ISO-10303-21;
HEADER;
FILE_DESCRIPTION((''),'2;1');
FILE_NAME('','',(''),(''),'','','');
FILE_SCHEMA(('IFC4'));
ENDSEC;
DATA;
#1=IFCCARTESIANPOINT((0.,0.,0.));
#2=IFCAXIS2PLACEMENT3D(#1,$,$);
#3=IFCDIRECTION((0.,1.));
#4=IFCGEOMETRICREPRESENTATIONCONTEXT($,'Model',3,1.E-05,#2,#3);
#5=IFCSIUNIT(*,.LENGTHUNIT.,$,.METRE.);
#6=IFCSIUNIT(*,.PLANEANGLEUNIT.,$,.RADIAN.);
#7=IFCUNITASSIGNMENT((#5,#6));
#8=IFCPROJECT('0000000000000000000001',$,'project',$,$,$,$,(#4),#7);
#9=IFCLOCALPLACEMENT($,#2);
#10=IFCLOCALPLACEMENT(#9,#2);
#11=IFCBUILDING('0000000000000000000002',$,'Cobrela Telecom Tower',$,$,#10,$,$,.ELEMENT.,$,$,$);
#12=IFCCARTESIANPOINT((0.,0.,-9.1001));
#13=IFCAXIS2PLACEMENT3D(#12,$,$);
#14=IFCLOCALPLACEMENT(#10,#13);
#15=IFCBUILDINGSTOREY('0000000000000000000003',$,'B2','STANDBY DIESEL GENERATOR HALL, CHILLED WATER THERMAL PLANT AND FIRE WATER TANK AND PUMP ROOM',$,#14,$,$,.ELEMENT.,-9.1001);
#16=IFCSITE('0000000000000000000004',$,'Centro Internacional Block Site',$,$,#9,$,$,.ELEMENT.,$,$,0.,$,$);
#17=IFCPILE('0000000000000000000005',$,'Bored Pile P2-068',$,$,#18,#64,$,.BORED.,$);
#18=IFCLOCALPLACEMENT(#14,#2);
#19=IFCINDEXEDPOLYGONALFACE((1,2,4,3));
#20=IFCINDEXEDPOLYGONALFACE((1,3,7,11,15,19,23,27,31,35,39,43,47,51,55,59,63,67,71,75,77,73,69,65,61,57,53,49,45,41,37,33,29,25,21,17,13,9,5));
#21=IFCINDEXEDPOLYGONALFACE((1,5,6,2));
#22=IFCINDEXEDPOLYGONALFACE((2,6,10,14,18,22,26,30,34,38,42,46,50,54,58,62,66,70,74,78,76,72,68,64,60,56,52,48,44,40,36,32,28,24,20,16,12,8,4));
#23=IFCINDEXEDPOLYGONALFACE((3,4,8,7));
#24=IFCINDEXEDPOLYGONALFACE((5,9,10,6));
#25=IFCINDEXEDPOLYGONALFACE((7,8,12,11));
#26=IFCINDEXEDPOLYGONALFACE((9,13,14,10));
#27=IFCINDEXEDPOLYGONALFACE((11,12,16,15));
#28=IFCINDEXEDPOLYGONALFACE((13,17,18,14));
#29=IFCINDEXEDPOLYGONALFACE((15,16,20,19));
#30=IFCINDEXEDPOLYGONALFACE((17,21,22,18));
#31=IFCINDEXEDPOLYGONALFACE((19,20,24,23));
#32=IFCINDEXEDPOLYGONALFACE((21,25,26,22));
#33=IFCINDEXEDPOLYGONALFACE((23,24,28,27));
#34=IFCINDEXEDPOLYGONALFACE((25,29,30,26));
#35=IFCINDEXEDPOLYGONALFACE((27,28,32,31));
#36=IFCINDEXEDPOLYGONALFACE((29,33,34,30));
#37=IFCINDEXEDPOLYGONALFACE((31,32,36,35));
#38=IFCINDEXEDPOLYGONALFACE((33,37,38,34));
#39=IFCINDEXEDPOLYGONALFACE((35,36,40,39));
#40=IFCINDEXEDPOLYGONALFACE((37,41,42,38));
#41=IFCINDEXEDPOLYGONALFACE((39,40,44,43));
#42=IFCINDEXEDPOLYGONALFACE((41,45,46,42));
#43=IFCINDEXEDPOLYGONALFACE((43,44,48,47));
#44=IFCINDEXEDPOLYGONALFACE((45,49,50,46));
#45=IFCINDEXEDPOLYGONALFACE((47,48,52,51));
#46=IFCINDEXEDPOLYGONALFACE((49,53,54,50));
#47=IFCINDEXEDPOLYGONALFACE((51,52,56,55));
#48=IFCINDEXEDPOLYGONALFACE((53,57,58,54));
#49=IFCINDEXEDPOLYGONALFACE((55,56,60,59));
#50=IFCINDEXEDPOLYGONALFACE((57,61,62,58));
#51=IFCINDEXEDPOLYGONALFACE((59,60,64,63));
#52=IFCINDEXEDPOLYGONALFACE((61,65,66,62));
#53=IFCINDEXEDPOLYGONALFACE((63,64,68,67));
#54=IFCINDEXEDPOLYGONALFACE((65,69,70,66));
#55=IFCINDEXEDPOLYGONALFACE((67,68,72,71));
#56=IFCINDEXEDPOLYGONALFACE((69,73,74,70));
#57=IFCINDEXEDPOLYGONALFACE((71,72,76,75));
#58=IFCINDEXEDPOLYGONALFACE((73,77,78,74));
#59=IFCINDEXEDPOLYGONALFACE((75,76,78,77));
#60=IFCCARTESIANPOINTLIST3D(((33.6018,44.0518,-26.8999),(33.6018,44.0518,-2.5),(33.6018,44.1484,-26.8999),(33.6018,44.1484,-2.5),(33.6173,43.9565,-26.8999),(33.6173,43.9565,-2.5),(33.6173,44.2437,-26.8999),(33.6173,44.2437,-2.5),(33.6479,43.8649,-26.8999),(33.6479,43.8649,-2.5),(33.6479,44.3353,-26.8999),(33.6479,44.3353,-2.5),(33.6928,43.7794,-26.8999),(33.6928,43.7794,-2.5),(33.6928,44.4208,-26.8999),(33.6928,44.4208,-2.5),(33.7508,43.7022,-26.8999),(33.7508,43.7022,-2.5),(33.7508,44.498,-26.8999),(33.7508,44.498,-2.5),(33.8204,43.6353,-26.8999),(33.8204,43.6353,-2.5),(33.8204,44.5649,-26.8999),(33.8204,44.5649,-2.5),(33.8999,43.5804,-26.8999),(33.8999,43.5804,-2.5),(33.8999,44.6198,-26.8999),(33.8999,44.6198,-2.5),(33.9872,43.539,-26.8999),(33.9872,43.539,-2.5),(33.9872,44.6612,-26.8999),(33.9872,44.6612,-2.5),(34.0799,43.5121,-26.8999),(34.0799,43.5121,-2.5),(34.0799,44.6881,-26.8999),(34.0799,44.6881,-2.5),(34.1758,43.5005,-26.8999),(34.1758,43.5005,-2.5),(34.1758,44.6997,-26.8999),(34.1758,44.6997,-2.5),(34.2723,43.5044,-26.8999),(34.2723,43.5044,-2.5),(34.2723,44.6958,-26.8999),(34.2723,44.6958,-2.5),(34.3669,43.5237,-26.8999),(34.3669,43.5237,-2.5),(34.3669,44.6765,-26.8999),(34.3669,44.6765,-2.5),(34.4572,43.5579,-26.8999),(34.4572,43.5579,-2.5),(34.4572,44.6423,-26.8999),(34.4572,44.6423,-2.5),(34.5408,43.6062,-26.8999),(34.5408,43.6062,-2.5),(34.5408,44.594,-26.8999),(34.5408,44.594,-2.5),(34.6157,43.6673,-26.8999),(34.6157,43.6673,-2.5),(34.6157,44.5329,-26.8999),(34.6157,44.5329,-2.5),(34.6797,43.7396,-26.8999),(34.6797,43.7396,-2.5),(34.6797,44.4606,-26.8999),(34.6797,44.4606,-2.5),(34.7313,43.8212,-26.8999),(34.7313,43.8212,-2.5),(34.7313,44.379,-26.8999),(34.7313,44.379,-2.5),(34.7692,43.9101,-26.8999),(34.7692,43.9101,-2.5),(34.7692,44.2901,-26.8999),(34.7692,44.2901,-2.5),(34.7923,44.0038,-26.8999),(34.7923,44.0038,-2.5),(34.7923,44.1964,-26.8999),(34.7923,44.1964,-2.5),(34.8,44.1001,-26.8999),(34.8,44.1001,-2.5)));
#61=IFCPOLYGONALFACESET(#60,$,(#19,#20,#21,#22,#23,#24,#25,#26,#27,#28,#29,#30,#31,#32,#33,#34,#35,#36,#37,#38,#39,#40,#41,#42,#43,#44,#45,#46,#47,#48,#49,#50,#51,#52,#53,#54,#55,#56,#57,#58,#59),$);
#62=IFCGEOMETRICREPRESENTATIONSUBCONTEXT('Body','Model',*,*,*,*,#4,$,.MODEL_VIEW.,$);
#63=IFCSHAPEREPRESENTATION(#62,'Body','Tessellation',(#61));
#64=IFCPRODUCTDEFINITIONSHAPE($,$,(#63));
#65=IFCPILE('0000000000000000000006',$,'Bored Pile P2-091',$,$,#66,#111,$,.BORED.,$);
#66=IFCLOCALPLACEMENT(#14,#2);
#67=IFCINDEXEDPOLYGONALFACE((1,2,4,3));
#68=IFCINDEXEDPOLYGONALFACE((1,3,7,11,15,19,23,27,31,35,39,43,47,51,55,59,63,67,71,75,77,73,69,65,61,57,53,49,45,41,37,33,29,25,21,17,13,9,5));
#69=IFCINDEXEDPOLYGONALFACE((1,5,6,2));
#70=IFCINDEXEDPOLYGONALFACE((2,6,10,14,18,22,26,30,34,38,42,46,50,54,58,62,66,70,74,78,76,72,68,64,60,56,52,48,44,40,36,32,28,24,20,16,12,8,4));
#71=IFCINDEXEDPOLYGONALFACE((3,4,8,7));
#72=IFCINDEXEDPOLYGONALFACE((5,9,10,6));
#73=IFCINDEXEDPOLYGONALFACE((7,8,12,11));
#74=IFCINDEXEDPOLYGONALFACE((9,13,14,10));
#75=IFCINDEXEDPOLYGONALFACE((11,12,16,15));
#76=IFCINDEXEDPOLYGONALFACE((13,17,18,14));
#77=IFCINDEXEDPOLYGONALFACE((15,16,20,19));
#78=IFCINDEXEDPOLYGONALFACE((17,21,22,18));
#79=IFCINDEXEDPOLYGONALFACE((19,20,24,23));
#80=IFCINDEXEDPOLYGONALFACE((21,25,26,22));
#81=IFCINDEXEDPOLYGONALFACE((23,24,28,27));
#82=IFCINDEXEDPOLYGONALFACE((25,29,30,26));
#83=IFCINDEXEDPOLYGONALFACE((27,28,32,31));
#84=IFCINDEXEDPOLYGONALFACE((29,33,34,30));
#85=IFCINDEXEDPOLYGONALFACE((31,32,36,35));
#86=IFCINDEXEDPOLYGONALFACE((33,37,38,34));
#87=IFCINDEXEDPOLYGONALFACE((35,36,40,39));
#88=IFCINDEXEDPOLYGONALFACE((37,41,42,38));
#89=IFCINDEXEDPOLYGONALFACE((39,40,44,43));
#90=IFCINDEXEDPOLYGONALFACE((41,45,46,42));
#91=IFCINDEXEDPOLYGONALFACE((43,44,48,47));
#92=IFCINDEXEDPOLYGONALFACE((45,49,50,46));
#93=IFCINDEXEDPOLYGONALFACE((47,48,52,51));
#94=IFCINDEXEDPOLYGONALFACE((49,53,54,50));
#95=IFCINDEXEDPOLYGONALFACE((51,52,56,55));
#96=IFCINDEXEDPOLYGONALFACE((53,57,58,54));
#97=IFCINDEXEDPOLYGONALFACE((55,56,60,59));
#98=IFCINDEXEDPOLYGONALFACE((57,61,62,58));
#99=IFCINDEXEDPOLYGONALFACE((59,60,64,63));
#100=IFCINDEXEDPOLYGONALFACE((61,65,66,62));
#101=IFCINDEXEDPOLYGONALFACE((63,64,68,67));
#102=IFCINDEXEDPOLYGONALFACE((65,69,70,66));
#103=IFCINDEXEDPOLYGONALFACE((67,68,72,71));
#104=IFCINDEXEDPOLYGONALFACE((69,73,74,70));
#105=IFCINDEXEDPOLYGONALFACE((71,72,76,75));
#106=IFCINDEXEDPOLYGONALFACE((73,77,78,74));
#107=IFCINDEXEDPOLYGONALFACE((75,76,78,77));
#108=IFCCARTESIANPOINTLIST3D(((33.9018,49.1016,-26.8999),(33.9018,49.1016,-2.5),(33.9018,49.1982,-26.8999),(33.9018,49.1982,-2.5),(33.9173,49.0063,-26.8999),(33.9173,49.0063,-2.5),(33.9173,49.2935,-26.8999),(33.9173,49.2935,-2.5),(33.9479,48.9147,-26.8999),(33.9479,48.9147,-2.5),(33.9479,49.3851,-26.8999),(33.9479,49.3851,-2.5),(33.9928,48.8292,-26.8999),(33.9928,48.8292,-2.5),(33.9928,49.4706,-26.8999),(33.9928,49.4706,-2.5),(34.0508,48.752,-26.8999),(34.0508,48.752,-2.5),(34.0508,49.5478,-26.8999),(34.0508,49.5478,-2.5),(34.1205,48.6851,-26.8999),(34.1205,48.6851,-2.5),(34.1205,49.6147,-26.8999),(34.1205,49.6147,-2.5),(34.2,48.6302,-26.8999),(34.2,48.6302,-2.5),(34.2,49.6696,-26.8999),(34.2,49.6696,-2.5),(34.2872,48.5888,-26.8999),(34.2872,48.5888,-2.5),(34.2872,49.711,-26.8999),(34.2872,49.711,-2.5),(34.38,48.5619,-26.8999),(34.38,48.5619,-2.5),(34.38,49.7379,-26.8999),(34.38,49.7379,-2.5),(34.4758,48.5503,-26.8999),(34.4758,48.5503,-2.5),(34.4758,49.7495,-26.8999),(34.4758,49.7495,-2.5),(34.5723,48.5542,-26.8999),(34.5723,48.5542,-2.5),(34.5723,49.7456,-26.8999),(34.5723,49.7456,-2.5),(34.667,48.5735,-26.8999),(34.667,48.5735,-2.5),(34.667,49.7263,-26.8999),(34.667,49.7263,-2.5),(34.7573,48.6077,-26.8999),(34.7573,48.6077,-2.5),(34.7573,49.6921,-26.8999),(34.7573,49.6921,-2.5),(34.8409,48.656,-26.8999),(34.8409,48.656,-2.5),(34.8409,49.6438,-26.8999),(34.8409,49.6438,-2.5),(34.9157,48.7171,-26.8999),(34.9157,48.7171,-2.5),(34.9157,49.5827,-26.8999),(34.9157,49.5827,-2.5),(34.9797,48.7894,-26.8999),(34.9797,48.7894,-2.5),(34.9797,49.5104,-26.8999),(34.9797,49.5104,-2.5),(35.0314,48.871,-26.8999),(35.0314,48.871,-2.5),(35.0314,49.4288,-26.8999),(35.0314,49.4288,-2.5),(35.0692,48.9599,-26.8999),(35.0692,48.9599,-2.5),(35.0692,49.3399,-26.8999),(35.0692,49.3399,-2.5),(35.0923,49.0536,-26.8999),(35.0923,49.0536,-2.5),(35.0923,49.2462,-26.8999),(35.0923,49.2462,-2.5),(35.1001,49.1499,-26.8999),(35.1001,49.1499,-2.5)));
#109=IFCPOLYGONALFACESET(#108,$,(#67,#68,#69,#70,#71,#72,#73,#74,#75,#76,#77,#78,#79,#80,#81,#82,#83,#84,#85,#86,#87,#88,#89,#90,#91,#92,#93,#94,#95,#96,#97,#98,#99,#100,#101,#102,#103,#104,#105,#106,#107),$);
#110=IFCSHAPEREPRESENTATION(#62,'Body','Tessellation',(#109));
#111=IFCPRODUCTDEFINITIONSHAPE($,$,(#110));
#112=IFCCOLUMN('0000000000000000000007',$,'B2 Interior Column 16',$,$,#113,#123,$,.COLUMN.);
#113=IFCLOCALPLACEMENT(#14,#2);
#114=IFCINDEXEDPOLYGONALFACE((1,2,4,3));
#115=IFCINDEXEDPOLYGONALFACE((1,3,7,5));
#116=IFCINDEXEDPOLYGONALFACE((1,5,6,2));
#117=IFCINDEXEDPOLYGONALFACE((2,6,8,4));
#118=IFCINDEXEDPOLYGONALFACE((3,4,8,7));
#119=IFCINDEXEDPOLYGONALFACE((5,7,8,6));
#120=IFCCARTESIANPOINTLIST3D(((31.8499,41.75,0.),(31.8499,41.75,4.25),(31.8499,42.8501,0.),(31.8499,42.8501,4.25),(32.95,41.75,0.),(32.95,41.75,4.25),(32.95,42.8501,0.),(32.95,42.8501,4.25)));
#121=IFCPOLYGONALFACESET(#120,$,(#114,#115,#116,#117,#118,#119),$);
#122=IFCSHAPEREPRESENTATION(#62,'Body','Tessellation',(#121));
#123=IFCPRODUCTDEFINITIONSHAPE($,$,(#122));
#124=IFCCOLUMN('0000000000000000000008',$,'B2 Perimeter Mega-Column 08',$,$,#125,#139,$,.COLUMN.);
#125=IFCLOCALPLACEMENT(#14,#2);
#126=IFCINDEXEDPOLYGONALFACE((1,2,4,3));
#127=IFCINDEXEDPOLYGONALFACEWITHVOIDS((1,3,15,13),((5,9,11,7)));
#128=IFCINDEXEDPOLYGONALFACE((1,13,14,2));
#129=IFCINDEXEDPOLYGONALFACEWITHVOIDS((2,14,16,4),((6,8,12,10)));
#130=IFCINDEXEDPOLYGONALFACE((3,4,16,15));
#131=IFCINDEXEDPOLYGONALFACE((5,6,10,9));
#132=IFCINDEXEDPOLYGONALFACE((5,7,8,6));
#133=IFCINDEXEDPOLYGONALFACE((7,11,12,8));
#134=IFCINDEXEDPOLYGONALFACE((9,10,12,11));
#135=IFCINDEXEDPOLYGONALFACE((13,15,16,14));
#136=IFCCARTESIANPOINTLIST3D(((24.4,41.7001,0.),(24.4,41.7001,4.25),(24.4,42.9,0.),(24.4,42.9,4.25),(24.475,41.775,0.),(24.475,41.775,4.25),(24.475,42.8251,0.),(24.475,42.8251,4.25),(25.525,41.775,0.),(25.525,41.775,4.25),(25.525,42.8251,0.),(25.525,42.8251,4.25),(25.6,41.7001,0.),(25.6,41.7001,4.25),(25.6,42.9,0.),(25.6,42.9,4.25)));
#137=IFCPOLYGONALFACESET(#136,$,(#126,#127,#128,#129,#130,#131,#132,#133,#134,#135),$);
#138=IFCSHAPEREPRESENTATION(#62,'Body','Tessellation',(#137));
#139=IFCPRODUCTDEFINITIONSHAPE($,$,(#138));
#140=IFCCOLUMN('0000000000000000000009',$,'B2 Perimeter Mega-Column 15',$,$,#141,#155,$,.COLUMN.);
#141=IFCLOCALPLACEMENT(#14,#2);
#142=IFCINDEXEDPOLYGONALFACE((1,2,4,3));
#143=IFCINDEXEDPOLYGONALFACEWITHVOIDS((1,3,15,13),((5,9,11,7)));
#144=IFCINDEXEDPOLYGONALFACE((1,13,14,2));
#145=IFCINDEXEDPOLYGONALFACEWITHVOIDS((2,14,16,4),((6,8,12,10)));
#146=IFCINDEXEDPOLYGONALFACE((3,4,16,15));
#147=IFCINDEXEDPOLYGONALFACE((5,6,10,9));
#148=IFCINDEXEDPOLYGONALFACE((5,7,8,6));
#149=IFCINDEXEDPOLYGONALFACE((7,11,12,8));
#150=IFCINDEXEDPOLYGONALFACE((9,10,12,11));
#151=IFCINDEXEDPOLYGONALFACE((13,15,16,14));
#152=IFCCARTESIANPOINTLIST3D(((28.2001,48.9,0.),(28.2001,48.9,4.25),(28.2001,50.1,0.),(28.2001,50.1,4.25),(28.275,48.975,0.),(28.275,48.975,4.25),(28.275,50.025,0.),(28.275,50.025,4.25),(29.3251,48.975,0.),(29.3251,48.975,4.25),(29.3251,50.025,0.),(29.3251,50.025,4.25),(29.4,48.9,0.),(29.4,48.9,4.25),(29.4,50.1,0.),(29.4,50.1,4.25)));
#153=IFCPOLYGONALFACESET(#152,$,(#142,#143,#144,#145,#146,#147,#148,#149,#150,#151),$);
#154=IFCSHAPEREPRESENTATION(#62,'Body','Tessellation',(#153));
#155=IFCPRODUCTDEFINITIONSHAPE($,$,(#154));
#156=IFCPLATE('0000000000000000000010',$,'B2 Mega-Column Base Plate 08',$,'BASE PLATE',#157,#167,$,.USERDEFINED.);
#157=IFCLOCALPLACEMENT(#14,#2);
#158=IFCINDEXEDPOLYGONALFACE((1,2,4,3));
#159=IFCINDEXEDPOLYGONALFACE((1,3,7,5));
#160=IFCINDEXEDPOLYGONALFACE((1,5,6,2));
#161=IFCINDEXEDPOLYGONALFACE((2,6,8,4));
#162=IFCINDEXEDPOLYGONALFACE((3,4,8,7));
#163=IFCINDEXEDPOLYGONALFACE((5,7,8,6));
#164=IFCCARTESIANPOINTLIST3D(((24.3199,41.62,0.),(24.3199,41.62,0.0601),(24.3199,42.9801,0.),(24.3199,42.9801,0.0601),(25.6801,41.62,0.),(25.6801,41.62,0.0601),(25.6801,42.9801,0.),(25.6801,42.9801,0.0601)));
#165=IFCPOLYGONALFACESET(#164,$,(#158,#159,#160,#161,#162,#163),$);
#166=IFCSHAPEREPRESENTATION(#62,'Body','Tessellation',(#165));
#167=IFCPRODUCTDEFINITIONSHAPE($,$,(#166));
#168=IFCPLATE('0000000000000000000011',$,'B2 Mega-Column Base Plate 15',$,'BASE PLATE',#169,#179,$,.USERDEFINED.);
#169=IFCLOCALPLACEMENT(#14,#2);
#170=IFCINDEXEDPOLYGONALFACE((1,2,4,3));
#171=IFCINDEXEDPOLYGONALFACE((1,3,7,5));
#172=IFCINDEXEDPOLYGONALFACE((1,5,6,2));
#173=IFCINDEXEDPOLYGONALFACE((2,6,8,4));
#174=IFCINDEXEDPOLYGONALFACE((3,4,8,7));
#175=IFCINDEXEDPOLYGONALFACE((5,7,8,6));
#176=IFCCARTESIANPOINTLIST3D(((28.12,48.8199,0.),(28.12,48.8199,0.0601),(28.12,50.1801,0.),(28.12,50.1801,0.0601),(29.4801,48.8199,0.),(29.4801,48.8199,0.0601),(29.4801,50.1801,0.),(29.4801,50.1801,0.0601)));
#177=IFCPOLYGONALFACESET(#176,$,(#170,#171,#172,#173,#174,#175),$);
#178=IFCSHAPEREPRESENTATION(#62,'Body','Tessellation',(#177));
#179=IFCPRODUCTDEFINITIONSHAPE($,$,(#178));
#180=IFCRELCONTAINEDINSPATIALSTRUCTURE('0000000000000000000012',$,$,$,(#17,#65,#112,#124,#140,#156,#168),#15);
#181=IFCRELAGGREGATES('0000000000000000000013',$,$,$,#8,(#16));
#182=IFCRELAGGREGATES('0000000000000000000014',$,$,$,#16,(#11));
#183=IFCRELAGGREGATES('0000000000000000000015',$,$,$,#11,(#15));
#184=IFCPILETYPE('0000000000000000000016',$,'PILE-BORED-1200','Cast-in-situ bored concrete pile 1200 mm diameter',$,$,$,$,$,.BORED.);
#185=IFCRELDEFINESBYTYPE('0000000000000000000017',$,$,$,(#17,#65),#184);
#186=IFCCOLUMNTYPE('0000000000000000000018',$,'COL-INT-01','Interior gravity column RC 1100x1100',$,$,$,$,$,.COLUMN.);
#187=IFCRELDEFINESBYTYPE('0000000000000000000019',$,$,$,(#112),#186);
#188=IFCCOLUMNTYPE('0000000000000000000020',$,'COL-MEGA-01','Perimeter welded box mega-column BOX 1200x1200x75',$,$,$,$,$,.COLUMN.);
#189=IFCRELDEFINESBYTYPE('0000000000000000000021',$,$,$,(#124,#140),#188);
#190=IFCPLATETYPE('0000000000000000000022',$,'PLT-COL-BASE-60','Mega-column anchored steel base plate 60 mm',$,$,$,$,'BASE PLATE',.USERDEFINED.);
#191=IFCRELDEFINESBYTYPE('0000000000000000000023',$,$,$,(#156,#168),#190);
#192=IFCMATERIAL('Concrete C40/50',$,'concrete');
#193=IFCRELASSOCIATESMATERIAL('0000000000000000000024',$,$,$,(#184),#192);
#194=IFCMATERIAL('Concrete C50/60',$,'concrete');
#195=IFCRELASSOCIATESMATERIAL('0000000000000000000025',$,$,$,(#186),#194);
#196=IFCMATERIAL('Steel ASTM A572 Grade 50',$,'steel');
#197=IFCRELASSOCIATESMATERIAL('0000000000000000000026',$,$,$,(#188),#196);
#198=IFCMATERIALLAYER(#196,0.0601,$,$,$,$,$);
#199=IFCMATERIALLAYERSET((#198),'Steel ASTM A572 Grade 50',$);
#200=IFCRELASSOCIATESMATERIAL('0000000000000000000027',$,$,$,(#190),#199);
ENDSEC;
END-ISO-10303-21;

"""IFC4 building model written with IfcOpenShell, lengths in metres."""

from ifc_helpers import new_model, si_unit, direction, frame, origin, origin_2d, place, context, subcontext, project, spatial, rectangle, hollow_rectangle, circle, extrude, material, layer, layer_set, material_profile, profile_set, type_object, element, save


model = new_model("IFC4")

# Units and contexts
model_context = context("Model", 3, precision=1e-05, world=origin(), true_north=direction((0.0, 1.0)))
body_context = subcontext(model_context, "Body", "Model", "MODEL_VIEW")
ifc_project = project(units=[si_unit("LENGTHUNIT", "METRE"), si_unit("PLANEANGLEUNIT", "RADIAN")], contexts=[model_context])

# Site, building, storey
site_placement = place(None, origin())
site = spatial("IfcSite", under=ifc_project, at=site_placement, Name="Centro Internacional Block Site", CompositionType="ELEMENT", RefElevation=0.0)
building_placement = place(site_placement, origin())
building = spatial("IfcBuilding", under=site, at=building_placement, Name="Cobrela Telecom Tower", CompositionType="ELEMENT")
storey_placement = place(building_placement, frame((0.0, 0.0, -9.1001)))
storey = spatial("IfcBuildingStorey", under=building, at=storey_placement, Name="B2", Description="STANDBY DIESEL GENERATOR HALL, CHILLED WATER THERMAL PLANT AND FIRE WATER TANK AND PUMP ROOM", CompositionType="ELEMENT", Elevation=-9.1001)

# Shared definitions
ifc_material_1 = material(Name="Concrete C40/50", Category="concrete")

# Piles
ifc_material_profile_1 = material_profile(ifc_material_1, circle(Radius=0.6001, at=origin_2d()), Name="BORED PILE D1200")
ifc_profile_set_1 = profile_set([ifc_material_profile_1], Name="Concrete C40/50")
pile_type = type_object("IfcPileType", Name="PILE-BORED-1200", Description="Cast-in-situ bored concrete pile 1200 mm diameter", PredefinedType="BORED", material=ifc_profile_set_1)
for number, where, z_axis, x_axis, name in (
    (1, (34.2, 44.1001, -2.5), (0.0, 0.0, -1.0), (1.0, 0.0, 0.0), "Bored Pile P2-068"),
    (2, (34.5, 49.1499, -2.5), (0.0, 0.0, -1.0), (1.0, 0.0, 0.0), "Bored Pile P2-091"),
):
    element("IfcPile", number, at=place(storey_placement, frame(where, z_axis=z_axis, x_axis=x_axis)), inside=storey, type_object=pile_type, Name=name, PredefinedType="BORED", context=body_context, shape_type="SweptSolid", body=[
        extrude(circle(Radius=0.6001, at=origin_2d()), origin(), (0.0, 0.0, 1.0), 24.3999),
    ])

# Columns
ifc_material_2 = material(Name="Concrete C50/60", Category="concrete")
ifc_material_profile_2 = material_profile(ifc_material_2, rectangle(XDim=1.1001, YDim=1.1001, at=origin_2d()), Name="RC 1100x1100")
ifc_profile_set_2 = profile_set([ifc_material_profile_2], Name="Concrete C50/60")
column_type_1 = type_object("IfcColumnType", Name="COL-INT-01", Description="Interior gravity column RC 1100x1100", PredefinedType="COLUMN", material=ifc_profile_set_2)
column_placement = place(storey_placement, frame((32.3999, 42.3, 0.0), z_axis=(0.0, 0.0, 1.0), x_axis=(1.0, 0.0, 0.0)))
element("IfcColumn", 3, at=column_placement, inside=storey, type_object=column_type_1, Name="B2 Interior Column 16", PredefinedType="COLUMN", context=body_context, shape_type="SweptSolid", body=[
    extrude(rectangle(XDim=1.1001, YDim=1.1001, at=origin_2d()), origin(), (0.0, 0.0, 1.0), 4.25),
])
ifc_material_3 = material(Name="Steel ASTM A572 Grade 50", Category="steel")
ifc_material_profile_3 = material_profile(ifc_material_3, hollow_rectangle(XDim=1.2, YDim=1.2, WallThickness=0.075, at=origin_2d()), Name="BOX 1200x1200x75")
ifc_profile_set_3 = profile_set([ifc_material_profile_3], Name="Steel ASTM A572 Grade 50")
column_type_2 = type_object("IfcColumnType", Name="COL-MEGA-01", Description="Perimeter welded box mega-column BOX 1200x1200x75", PredefinedType="COLUMN", material=ifc_profile_set_3)
for number, where, z_axis, x_axis, name in (
    (4, (25.0, 42.3, 0.0), (0.0, 0.0, 1.0), (1.0, 0.0, 0.0), "B2 Perimeter Mega-Column 08"),
    (5, (28.8, 49.5, 0.0), (0.0, 0.0, 1.0), (1.0, 0.0, 0.0), "B2 Perimeter Mega-Column 15"),
):
    element("IfcColumn", number, at=place(storey_placement, frame(where, z_axis=z_axis, x_axis=x_axis)), inside=storey, type_object=column_type_2, Name=name, PredefinedType="COLUMN", context=body_context, shape_type="SweptSolid", body=[
        extrude(hollow_rectangle(XDim=1.2, YDim=1.2, WallThickness=0.075, at=origin_2d()), origin(), (0.0, 0.0, 1.0), 4.25),
    ])

# Plates
ifc_layer_1 = layer(ifc_material_3, 0.0601)
ifc_layer_set_1 = layer_set([ifc_layer_1], Name="Steel ASTM A572 Grade 50")
plate_type = type_object("IfcPlateType", Name="PLT-COL-BASE-60", Description="Mega-column anchored steel base plate 60 mm", ElementType="BASE PLATE", PredefinedType="USERDEFINED", material=ifc_layer_set_1)
for number, where, z_axis, x_axis, name in (
    (6, (25.0, 42.3, 0.0), (0.0, 0.0, 1.0), (1.0, 0.0, 0.0), "B2 Mega-Column Base Plate 08"),
    (7, (28.8, 49.5, 0.0), (0.0, 0.0, 1.0), (1.0, 0.0, 0.0), "B2 Mega-Column Base Plate 15"),
):
    element("IfcPlate", number, at=place(storey_placement, frame(where, z_axis=z_axis, x_axis=x_axis)), inside=storey, type_object=plate_type, Name=name, ObjectType="BASE PLATE", PredefinedType="USERDEFINED", context=body_context, shape_type="SweptSolid", body=[
        extrude(rectangle(XDim=1.3601, YDim=1.3601, at=origin_2d()), origin(), (0.0, 0.0, 1.0), 0.0601),
    ])

save(model, "model.ifc")
